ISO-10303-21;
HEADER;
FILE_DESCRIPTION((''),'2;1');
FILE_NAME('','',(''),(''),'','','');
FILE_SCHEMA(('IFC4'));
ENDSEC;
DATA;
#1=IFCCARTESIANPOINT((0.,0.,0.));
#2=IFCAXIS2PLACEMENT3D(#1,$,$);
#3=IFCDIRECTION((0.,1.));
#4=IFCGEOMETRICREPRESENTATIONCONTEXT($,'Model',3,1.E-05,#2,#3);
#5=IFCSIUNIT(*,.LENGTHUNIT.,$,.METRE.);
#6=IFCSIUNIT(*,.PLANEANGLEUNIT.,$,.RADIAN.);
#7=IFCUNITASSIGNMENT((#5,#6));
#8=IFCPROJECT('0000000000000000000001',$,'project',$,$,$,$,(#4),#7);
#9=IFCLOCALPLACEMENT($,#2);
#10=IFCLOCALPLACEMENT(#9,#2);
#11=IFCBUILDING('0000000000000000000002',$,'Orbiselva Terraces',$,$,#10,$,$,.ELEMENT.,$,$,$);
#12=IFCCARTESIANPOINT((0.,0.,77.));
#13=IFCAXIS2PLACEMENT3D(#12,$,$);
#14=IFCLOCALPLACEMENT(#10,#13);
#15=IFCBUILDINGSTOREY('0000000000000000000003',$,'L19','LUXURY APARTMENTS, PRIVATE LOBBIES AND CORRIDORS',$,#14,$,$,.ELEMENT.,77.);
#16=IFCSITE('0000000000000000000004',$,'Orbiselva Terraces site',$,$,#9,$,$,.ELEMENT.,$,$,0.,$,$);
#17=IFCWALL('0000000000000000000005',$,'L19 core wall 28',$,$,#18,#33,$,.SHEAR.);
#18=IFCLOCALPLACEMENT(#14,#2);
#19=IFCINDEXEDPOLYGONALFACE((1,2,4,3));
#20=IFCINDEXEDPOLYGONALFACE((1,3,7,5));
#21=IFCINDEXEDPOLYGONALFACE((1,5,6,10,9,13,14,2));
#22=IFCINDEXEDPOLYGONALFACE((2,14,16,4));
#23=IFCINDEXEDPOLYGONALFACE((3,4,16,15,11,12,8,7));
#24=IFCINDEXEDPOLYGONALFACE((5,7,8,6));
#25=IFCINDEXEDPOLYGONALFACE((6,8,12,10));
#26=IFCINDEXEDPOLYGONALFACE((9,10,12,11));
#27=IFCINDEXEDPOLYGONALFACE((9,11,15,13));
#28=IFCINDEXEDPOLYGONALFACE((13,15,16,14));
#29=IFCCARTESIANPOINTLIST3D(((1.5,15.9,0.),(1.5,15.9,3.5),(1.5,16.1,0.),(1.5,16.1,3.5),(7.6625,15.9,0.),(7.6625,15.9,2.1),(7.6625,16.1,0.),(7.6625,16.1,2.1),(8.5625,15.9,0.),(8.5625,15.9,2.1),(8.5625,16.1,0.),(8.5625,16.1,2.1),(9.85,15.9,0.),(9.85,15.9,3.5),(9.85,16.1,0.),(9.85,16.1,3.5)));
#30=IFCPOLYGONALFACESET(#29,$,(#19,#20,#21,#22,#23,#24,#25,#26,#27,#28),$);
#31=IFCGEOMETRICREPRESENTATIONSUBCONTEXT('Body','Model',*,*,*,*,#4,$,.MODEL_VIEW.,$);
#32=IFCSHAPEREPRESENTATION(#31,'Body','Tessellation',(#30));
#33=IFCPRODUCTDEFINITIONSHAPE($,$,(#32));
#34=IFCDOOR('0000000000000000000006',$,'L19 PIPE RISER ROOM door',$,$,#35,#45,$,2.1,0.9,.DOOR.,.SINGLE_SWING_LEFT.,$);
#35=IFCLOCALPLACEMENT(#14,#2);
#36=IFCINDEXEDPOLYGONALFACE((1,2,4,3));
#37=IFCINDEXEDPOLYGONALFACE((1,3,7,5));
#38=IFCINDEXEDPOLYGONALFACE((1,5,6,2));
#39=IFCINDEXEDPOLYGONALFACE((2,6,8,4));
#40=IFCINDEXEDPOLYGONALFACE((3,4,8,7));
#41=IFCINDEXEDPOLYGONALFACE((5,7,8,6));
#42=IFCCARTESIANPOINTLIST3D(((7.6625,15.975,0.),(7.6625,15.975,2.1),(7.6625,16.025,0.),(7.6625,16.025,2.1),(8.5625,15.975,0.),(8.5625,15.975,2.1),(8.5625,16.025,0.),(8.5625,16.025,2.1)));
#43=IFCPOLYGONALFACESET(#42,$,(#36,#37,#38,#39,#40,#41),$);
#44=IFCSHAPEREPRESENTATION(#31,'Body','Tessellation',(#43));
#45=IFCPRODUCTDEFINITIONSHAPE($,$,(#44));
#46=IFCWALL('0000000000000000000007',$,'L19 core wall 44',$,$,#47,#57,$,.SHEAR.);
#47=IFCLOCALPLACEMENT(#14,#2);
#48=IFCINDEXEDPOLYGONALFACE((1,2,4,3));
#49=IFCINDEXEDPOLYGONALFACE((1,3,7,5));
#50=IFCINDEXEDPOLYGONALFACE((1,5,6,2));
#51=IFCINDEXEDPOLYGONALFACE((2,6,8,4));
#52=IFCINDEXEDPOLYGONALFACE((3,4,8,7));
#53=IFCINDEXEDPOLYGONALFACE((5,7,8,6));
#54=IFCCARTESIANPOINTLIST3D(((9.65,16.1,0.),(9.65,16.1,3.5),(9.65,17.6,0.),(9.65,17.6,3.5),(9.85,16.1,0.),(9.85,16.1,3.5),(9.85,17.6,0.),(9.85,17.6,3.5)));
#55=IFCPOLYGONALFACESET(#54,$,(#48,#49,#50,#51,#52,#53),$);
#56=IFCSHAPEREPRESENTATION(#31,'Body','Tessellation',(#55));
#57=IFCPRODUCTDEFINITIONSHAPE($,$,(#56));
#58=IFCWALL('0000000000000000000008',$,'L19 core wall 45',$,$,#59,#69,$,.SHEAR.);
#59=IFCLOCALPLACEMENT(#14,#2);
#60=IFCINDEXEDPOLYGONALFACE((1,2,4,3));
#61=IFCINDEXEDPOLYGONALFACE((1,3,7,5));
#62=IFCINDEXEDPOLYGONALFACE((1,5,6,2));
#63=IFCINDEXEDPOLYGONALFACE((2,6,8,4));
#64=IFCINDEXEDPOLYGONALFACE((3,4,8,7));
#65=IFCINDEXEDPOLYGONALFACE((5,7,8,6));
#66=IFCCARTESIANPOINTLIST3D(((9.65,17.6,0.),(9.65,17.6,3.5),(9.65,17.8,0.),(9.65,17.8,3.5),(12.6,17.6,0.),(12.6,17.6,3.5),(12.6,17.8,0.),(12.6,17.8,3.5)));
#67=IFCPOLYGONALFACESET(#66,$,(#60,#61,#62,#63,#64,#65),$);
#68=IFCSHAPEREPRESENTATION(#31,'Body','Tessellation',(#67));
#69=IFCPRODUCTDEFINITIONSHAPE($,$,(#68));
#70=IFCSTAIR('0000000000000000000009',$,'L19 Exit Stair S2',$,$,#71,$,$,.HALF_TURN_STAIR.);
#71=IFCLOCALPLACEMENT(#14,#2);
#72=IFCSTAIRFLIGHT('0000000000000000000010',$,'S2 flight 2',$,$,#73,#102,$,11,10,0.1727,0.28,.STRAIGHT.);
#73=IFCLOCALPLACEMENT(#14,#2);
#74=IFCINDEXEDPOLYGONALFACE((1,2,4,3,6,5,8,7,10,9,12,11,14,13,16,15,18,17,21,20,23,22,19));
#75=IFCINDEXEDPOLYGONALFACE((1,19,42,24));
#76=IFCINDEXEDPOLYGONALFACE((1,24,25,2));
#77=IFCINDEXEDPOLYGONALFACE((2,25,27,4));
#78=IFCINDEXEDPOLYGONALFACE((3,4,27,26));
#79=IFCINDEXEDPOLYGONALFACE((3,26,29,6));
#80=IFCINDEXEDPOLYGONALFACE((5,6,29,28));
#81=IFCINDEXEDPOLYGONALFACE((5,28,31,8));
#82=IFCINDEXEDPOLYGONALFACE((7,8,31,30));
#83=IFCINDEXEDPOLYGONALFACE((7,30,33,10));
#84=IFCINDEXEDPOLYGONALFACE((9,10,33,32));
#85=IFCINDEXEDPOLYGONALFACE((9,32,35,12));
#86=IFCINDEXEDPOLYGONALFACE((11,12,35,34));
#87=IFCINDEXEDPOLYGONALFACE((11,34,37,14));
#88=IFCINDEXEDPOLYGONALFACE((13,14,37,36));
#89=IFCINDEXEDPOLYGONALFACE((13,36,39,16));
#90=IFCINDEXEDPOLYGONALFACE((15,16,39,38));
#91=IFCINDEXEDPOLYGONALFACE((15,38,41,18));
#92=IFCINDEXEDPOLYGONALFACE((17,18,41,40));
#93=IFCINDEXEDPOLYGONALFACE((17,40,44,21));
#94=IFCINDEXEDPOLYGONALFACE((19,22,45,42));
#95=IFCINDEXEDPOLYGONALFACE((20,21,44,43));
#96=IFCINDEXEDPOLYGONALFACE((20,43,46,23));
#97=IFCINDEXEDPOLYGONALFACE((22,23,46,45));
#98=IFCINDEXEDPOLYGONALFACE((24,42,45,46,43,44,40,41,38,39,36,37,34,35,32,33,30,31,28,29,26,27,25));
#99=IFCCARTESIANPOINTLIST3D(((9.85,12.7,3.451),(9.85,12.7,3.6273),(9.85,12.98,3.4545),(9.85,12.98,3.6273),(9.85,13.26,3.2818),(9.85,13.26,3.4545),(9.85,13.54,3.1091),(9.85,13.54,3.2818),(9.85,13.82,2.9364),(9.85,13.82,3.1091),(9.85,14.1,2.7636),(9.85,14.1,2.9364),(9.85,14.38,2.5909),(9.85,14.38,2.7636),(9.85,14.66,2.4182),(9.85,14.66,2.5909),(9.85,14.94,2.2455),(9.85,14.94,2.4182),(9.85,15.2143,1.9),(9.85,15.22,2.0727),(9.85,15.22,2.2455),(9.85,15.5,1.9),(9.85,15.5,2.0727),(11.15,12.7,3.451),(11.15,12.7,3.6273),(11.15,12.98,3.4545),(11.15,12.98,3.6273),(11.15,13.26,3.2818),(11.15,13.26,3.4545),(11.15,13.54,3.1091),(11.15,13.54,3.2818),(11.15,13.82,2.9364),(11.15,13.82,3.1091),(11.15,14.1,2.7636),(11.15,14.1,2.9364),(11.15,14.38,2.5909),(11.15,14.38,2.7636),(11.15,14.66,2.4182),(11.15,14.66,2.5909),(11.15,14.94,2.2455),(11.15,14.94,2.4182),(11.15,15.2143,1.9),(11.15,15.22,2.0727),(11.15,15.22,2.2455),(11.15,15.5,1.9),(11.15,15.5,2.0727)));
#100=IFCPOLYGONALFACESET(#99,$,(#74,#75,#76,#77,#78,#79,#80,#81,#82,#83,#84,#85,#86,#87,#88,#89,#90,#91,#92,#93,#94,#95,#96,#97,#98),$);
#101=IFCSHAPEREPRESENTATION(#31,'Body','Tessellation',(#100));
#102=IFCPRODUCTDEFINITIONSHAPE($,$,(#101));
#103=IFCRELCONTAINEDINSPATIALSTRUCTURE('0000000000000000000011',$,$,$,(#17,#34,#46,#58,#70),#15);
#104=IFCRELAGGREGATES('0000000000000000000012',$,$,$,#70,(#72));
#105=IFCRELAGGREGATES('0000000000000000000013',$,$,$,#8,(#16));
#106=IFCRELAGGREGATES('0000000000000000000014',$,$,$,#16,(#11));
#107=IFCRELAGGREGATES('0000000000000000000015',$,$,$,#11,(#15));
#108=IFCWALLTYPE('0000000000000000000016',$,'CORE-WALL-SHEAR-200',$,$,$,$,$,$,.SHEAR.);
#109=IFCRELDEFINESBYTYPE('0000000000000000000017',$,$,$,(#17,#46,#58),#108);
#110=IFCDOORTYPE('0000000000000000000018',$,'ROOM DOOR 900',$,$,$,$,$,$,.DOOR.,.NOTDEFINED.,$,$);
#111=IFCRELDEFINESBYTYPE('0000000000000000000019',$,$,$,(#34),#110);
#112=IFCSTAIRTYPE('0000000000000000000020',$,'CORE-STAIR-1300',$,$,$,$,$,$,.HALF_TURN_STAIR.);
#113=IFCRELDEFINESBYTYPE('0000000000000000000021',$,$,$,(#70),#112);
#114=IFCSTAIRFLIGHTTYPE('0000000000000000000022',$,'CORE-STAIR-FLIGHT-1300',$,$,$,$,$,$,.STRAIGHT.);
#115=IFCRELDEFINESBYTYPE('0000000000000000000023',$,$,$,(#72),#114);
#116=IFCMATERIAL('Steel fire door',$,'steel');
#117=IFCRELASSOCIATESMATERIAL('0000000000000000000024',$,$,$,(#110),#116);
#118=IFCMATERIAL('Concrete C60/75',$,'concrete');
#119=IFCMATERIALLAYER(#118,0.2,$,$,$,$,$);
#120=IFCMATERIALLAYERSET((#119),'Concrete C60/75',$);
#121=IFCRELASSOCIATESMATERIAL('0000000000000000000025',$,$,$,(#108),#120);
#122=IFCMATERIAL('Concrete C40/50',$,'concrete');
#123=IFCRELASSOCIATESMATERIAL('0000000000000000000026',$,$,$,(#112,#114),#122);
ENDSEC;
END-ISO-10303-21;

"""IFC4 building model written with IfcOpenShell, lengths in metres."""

from ifc_helpers import new_model, si_unit, direction, frame, frame_2d, origin, place, context, subcontext, project, spatial, polyline, rectangle, outline, extrude, material, layer, layer_set, type_object, element, fill, aggregate, save


model = new_model("IFC4")

# Units and contexts
model_context = context("Model", 3, precision=1e-05, world=origin(), true_north=direction((0.0, 1.0)))
body_context = subcontext(model_context, "Body", "Model", "MODEL_VIEW")
ifc_project = project(units=[si_unit("LENGTHUNIT", "METRE"), si_unit("PLANEANGLEUNIT", "RADIAN")], contexts=[model_context])

# Site, building, storey
site_placement = place(None, origin())
site = spatial("IfcSite", under=ifc_project, at=site_placement, Name="Orbiselva Terraces site", CompositionType="ELEMENT", RefElevation=0.0)
building_placement = place(site_placement, origin())
building = spatial("IfcBuilding", under=site, at=building_placement, Name="Orbiselva Terraces", CompositionType="ELEMENT")
storey_placement = place(building_placement, frame((0.0, 0.0, 77.0)))
storey = spatial("IfcBuildingStorey", under=building, at=storey_placement, Name="L19", Description="LUXURY APARTMENTS, PRIVATE LOBBIES AND CORRIDORS", CompositionType="ELEMENT", Elevation=77.0)

# Shared definitions
ifc_material_1 = material(Name="Steel fire door", Category="steel")
door_type = type_object("IfcDoorType", Name="ROOM DOOR 900", OperationType="NOTDEFINED", PredefinedType="DOOR", material=ifc_material_1)

# Shared definitions
ifc_material_2 = material(Name="Concrete C40/50", Category="concrete")
ifc_material_3 = material(Name="Concrete C60/75", Category="concrete")
ifc_layer_1 = layer(ifc_material_3, 0.2)
ifc_layer_set_1 = layer_set([ifc_layer_1], Name="Concrete C60/75")
wall_type_1 = type_object("IfcWallType", Name="CORE-WALL-SHEAR-200", PredefinedType="SHEAR", material=ifc_layer_set_1)

# Wall, opening, door
wall_1_placement = place(storey_placement, frame((9.85, 16.0, 0.0), z_axis=(0.0, 0.0, 1.0), x_axis=(-1.0, 0.0, 0.0)))
wall_1 = element("IfcWall", 1, at=wall_1_placement, inside=storey, type_object=wall_type_1, Name="L19 core wall 28", PredefinedType="SHEAR", context=body_context, shape_type="SweptSolid", body=[
    extrude(rectangle(XDim=8.35, YDim=0.2, at=frame_2d((4.175, 0.0))), origin(), (0.0, 0.0, 1.0), 3.5),
])
opening_1_placement = place(wall_1_placement, frame((1.2875, 0.0, 0.0)))
opening_1 = element("IfcOpeningElement", 2, at=opening_1_placement, cuts=wall_1, PredefinedType="OPENING", context=body_context, shape_type="SweptSolid", body=[
    extrude(rectangle(XDim=0.9, YDim=2.1, at=frame_2d((0.45, 1.05))), frame((0.0, 0.11, 0.0), z_axis=(0.0, -1.0, 0.0), x_axis=(1.0, 0.0, 0.0)), (0.0, 0.0, 1.0), 0.22),
])
door_1_placement = place(opening_1_placement, origin())
door_1 = element("IfcDoor", 3, at=door_1_placement, inside=storey, type_object=door_type, Name="L19 PIPE RISER ROOM door", OperationType="SINGLE_SWING_LEFT", OverallHeight=2.1, OverallWidth=0.9, PredefinedType="DOOR", context=body_context, shape_type="SweptSolid", body=[
    extrude(rectangle(XDim=0.9, YDim=2.1, at=frame_2d((0.45, 1.05))), frame((0.0, 0.025, 0.0), z_axis=(0.0, -1.0, 0.0), x_axis=(1.0, 0.0, 0.0)), (0.0, 0.0, 1.0), 0.05),
])
fill(opening_1, door_1)

# Walls
wall_2_placement = place(storey_placement, frame((9.75, 16.1, 0.0), z_axis=(0.0, 0.0, 1.0), x_axis=(0.0, 1.0, 0.0)))
element("IfcWall", 4, at=wall_2_placement, inside=storey, type_object=wall_type_1, Name="L19 core wall 44", PredefinedType="SHEAR", context=body_context, shape_type="SweptSolid", body=[
    extrude(rectangle(XDim=1.5, YDim=0.2, at=frame_2d((0.75, 0.0))), origin(), (0.0, 0.0, 1.0), 3.5),
])
wall_3_placement = place(storey_placement, frame((9.65, 17.7, 0.0), z_axis=(0.0, 0.0, 1.0), x_axis=(1.0, 0.0, 0.0)))
element("IfcWall", 5, at=wall_3_placement, inside=storey, type_object=wall_type_1, Name="L19 core wall 45", PredefinedType="SHEAR", context=body_context, shape_type="SweptSolid", body=[
    extrude(rectangle(XDim=2.95, YDim=0.2, at=frame_2d((1.475, 0.0))), origin(), (0.0, 0.0, 1.0), 3.5),
])

# Stair, stair flight
stair_type = type_object("IfcStairType", Name="CORE-STAIR-1300", PredefinedType="HALF_TURN_STAIR", material=ifc_material_2)
stair_placement = place(storey_placement, origin())
stair = element("IfcStair", 6, at=stair_placement, inside=storey, type_object=stair_type, Name="L19 Exit Stair S2", PredefinedType="HALF_TURN_STAIR")
stair_flight_type = type_object("IfcStairFlightType", Name="CORE-STAIR-FLIGHT-1300", PredefinedType="STRAIGHT", material=ifc_material_2)
stair_flight_placement = place(storey_placement, frame((10.5, 15.5, 1.9), z_axis=(0.0, 0.0, 1.0), x_axis=(0.0, -1.0, 0.0)))
stair_flight = element("IfcStairFlight", 7, at=stair_flight_placement, type_object=stair_flight_type, Name="S2 flight 2", NumberOfRisers=11, NumberOfTreads=10, PredefinedType="STRAIGHT", RiserHeight=0.1727, TreadLength=0.28, context=body_context, shape_type="SweptSolid", body=[
    extrude(outline(polyline([(0.0, 0.0), (0.0, 0.1727), (0.28, 0.1727), (0.28, 0.3455), (0.56, 0.3455), (0.56, 0.5182), (0.84, 0.5182), (0.84, 0.6909), (1.12, 0.6909), (1.12, 0.8636), (1.4, 0.8636), (1.4, 1.0364), (1.68, 1.0364), (1.68, 1.2091), (1.96, 1.2091), (1.96, 1.3818), (2.24, 1.3818), (2.24, 1.5545), (2.52, 1.5545), (2.52, 1.7273), (2.8, 1.7273), (2.8, 1.9), (2.8, 1.551), (0.2857, 0.0), (0.0, 0.0)])), frame((0.0, 0.65, 0.0), z_axis=(0.0, -1.0, 0.0), x_axis=(1.0, 0.0, 0.0)), (0.0, 0.0, 1.0), 1.3),
])
aggregate(stair, [stair_flight])

save(model, "model.ifc")
